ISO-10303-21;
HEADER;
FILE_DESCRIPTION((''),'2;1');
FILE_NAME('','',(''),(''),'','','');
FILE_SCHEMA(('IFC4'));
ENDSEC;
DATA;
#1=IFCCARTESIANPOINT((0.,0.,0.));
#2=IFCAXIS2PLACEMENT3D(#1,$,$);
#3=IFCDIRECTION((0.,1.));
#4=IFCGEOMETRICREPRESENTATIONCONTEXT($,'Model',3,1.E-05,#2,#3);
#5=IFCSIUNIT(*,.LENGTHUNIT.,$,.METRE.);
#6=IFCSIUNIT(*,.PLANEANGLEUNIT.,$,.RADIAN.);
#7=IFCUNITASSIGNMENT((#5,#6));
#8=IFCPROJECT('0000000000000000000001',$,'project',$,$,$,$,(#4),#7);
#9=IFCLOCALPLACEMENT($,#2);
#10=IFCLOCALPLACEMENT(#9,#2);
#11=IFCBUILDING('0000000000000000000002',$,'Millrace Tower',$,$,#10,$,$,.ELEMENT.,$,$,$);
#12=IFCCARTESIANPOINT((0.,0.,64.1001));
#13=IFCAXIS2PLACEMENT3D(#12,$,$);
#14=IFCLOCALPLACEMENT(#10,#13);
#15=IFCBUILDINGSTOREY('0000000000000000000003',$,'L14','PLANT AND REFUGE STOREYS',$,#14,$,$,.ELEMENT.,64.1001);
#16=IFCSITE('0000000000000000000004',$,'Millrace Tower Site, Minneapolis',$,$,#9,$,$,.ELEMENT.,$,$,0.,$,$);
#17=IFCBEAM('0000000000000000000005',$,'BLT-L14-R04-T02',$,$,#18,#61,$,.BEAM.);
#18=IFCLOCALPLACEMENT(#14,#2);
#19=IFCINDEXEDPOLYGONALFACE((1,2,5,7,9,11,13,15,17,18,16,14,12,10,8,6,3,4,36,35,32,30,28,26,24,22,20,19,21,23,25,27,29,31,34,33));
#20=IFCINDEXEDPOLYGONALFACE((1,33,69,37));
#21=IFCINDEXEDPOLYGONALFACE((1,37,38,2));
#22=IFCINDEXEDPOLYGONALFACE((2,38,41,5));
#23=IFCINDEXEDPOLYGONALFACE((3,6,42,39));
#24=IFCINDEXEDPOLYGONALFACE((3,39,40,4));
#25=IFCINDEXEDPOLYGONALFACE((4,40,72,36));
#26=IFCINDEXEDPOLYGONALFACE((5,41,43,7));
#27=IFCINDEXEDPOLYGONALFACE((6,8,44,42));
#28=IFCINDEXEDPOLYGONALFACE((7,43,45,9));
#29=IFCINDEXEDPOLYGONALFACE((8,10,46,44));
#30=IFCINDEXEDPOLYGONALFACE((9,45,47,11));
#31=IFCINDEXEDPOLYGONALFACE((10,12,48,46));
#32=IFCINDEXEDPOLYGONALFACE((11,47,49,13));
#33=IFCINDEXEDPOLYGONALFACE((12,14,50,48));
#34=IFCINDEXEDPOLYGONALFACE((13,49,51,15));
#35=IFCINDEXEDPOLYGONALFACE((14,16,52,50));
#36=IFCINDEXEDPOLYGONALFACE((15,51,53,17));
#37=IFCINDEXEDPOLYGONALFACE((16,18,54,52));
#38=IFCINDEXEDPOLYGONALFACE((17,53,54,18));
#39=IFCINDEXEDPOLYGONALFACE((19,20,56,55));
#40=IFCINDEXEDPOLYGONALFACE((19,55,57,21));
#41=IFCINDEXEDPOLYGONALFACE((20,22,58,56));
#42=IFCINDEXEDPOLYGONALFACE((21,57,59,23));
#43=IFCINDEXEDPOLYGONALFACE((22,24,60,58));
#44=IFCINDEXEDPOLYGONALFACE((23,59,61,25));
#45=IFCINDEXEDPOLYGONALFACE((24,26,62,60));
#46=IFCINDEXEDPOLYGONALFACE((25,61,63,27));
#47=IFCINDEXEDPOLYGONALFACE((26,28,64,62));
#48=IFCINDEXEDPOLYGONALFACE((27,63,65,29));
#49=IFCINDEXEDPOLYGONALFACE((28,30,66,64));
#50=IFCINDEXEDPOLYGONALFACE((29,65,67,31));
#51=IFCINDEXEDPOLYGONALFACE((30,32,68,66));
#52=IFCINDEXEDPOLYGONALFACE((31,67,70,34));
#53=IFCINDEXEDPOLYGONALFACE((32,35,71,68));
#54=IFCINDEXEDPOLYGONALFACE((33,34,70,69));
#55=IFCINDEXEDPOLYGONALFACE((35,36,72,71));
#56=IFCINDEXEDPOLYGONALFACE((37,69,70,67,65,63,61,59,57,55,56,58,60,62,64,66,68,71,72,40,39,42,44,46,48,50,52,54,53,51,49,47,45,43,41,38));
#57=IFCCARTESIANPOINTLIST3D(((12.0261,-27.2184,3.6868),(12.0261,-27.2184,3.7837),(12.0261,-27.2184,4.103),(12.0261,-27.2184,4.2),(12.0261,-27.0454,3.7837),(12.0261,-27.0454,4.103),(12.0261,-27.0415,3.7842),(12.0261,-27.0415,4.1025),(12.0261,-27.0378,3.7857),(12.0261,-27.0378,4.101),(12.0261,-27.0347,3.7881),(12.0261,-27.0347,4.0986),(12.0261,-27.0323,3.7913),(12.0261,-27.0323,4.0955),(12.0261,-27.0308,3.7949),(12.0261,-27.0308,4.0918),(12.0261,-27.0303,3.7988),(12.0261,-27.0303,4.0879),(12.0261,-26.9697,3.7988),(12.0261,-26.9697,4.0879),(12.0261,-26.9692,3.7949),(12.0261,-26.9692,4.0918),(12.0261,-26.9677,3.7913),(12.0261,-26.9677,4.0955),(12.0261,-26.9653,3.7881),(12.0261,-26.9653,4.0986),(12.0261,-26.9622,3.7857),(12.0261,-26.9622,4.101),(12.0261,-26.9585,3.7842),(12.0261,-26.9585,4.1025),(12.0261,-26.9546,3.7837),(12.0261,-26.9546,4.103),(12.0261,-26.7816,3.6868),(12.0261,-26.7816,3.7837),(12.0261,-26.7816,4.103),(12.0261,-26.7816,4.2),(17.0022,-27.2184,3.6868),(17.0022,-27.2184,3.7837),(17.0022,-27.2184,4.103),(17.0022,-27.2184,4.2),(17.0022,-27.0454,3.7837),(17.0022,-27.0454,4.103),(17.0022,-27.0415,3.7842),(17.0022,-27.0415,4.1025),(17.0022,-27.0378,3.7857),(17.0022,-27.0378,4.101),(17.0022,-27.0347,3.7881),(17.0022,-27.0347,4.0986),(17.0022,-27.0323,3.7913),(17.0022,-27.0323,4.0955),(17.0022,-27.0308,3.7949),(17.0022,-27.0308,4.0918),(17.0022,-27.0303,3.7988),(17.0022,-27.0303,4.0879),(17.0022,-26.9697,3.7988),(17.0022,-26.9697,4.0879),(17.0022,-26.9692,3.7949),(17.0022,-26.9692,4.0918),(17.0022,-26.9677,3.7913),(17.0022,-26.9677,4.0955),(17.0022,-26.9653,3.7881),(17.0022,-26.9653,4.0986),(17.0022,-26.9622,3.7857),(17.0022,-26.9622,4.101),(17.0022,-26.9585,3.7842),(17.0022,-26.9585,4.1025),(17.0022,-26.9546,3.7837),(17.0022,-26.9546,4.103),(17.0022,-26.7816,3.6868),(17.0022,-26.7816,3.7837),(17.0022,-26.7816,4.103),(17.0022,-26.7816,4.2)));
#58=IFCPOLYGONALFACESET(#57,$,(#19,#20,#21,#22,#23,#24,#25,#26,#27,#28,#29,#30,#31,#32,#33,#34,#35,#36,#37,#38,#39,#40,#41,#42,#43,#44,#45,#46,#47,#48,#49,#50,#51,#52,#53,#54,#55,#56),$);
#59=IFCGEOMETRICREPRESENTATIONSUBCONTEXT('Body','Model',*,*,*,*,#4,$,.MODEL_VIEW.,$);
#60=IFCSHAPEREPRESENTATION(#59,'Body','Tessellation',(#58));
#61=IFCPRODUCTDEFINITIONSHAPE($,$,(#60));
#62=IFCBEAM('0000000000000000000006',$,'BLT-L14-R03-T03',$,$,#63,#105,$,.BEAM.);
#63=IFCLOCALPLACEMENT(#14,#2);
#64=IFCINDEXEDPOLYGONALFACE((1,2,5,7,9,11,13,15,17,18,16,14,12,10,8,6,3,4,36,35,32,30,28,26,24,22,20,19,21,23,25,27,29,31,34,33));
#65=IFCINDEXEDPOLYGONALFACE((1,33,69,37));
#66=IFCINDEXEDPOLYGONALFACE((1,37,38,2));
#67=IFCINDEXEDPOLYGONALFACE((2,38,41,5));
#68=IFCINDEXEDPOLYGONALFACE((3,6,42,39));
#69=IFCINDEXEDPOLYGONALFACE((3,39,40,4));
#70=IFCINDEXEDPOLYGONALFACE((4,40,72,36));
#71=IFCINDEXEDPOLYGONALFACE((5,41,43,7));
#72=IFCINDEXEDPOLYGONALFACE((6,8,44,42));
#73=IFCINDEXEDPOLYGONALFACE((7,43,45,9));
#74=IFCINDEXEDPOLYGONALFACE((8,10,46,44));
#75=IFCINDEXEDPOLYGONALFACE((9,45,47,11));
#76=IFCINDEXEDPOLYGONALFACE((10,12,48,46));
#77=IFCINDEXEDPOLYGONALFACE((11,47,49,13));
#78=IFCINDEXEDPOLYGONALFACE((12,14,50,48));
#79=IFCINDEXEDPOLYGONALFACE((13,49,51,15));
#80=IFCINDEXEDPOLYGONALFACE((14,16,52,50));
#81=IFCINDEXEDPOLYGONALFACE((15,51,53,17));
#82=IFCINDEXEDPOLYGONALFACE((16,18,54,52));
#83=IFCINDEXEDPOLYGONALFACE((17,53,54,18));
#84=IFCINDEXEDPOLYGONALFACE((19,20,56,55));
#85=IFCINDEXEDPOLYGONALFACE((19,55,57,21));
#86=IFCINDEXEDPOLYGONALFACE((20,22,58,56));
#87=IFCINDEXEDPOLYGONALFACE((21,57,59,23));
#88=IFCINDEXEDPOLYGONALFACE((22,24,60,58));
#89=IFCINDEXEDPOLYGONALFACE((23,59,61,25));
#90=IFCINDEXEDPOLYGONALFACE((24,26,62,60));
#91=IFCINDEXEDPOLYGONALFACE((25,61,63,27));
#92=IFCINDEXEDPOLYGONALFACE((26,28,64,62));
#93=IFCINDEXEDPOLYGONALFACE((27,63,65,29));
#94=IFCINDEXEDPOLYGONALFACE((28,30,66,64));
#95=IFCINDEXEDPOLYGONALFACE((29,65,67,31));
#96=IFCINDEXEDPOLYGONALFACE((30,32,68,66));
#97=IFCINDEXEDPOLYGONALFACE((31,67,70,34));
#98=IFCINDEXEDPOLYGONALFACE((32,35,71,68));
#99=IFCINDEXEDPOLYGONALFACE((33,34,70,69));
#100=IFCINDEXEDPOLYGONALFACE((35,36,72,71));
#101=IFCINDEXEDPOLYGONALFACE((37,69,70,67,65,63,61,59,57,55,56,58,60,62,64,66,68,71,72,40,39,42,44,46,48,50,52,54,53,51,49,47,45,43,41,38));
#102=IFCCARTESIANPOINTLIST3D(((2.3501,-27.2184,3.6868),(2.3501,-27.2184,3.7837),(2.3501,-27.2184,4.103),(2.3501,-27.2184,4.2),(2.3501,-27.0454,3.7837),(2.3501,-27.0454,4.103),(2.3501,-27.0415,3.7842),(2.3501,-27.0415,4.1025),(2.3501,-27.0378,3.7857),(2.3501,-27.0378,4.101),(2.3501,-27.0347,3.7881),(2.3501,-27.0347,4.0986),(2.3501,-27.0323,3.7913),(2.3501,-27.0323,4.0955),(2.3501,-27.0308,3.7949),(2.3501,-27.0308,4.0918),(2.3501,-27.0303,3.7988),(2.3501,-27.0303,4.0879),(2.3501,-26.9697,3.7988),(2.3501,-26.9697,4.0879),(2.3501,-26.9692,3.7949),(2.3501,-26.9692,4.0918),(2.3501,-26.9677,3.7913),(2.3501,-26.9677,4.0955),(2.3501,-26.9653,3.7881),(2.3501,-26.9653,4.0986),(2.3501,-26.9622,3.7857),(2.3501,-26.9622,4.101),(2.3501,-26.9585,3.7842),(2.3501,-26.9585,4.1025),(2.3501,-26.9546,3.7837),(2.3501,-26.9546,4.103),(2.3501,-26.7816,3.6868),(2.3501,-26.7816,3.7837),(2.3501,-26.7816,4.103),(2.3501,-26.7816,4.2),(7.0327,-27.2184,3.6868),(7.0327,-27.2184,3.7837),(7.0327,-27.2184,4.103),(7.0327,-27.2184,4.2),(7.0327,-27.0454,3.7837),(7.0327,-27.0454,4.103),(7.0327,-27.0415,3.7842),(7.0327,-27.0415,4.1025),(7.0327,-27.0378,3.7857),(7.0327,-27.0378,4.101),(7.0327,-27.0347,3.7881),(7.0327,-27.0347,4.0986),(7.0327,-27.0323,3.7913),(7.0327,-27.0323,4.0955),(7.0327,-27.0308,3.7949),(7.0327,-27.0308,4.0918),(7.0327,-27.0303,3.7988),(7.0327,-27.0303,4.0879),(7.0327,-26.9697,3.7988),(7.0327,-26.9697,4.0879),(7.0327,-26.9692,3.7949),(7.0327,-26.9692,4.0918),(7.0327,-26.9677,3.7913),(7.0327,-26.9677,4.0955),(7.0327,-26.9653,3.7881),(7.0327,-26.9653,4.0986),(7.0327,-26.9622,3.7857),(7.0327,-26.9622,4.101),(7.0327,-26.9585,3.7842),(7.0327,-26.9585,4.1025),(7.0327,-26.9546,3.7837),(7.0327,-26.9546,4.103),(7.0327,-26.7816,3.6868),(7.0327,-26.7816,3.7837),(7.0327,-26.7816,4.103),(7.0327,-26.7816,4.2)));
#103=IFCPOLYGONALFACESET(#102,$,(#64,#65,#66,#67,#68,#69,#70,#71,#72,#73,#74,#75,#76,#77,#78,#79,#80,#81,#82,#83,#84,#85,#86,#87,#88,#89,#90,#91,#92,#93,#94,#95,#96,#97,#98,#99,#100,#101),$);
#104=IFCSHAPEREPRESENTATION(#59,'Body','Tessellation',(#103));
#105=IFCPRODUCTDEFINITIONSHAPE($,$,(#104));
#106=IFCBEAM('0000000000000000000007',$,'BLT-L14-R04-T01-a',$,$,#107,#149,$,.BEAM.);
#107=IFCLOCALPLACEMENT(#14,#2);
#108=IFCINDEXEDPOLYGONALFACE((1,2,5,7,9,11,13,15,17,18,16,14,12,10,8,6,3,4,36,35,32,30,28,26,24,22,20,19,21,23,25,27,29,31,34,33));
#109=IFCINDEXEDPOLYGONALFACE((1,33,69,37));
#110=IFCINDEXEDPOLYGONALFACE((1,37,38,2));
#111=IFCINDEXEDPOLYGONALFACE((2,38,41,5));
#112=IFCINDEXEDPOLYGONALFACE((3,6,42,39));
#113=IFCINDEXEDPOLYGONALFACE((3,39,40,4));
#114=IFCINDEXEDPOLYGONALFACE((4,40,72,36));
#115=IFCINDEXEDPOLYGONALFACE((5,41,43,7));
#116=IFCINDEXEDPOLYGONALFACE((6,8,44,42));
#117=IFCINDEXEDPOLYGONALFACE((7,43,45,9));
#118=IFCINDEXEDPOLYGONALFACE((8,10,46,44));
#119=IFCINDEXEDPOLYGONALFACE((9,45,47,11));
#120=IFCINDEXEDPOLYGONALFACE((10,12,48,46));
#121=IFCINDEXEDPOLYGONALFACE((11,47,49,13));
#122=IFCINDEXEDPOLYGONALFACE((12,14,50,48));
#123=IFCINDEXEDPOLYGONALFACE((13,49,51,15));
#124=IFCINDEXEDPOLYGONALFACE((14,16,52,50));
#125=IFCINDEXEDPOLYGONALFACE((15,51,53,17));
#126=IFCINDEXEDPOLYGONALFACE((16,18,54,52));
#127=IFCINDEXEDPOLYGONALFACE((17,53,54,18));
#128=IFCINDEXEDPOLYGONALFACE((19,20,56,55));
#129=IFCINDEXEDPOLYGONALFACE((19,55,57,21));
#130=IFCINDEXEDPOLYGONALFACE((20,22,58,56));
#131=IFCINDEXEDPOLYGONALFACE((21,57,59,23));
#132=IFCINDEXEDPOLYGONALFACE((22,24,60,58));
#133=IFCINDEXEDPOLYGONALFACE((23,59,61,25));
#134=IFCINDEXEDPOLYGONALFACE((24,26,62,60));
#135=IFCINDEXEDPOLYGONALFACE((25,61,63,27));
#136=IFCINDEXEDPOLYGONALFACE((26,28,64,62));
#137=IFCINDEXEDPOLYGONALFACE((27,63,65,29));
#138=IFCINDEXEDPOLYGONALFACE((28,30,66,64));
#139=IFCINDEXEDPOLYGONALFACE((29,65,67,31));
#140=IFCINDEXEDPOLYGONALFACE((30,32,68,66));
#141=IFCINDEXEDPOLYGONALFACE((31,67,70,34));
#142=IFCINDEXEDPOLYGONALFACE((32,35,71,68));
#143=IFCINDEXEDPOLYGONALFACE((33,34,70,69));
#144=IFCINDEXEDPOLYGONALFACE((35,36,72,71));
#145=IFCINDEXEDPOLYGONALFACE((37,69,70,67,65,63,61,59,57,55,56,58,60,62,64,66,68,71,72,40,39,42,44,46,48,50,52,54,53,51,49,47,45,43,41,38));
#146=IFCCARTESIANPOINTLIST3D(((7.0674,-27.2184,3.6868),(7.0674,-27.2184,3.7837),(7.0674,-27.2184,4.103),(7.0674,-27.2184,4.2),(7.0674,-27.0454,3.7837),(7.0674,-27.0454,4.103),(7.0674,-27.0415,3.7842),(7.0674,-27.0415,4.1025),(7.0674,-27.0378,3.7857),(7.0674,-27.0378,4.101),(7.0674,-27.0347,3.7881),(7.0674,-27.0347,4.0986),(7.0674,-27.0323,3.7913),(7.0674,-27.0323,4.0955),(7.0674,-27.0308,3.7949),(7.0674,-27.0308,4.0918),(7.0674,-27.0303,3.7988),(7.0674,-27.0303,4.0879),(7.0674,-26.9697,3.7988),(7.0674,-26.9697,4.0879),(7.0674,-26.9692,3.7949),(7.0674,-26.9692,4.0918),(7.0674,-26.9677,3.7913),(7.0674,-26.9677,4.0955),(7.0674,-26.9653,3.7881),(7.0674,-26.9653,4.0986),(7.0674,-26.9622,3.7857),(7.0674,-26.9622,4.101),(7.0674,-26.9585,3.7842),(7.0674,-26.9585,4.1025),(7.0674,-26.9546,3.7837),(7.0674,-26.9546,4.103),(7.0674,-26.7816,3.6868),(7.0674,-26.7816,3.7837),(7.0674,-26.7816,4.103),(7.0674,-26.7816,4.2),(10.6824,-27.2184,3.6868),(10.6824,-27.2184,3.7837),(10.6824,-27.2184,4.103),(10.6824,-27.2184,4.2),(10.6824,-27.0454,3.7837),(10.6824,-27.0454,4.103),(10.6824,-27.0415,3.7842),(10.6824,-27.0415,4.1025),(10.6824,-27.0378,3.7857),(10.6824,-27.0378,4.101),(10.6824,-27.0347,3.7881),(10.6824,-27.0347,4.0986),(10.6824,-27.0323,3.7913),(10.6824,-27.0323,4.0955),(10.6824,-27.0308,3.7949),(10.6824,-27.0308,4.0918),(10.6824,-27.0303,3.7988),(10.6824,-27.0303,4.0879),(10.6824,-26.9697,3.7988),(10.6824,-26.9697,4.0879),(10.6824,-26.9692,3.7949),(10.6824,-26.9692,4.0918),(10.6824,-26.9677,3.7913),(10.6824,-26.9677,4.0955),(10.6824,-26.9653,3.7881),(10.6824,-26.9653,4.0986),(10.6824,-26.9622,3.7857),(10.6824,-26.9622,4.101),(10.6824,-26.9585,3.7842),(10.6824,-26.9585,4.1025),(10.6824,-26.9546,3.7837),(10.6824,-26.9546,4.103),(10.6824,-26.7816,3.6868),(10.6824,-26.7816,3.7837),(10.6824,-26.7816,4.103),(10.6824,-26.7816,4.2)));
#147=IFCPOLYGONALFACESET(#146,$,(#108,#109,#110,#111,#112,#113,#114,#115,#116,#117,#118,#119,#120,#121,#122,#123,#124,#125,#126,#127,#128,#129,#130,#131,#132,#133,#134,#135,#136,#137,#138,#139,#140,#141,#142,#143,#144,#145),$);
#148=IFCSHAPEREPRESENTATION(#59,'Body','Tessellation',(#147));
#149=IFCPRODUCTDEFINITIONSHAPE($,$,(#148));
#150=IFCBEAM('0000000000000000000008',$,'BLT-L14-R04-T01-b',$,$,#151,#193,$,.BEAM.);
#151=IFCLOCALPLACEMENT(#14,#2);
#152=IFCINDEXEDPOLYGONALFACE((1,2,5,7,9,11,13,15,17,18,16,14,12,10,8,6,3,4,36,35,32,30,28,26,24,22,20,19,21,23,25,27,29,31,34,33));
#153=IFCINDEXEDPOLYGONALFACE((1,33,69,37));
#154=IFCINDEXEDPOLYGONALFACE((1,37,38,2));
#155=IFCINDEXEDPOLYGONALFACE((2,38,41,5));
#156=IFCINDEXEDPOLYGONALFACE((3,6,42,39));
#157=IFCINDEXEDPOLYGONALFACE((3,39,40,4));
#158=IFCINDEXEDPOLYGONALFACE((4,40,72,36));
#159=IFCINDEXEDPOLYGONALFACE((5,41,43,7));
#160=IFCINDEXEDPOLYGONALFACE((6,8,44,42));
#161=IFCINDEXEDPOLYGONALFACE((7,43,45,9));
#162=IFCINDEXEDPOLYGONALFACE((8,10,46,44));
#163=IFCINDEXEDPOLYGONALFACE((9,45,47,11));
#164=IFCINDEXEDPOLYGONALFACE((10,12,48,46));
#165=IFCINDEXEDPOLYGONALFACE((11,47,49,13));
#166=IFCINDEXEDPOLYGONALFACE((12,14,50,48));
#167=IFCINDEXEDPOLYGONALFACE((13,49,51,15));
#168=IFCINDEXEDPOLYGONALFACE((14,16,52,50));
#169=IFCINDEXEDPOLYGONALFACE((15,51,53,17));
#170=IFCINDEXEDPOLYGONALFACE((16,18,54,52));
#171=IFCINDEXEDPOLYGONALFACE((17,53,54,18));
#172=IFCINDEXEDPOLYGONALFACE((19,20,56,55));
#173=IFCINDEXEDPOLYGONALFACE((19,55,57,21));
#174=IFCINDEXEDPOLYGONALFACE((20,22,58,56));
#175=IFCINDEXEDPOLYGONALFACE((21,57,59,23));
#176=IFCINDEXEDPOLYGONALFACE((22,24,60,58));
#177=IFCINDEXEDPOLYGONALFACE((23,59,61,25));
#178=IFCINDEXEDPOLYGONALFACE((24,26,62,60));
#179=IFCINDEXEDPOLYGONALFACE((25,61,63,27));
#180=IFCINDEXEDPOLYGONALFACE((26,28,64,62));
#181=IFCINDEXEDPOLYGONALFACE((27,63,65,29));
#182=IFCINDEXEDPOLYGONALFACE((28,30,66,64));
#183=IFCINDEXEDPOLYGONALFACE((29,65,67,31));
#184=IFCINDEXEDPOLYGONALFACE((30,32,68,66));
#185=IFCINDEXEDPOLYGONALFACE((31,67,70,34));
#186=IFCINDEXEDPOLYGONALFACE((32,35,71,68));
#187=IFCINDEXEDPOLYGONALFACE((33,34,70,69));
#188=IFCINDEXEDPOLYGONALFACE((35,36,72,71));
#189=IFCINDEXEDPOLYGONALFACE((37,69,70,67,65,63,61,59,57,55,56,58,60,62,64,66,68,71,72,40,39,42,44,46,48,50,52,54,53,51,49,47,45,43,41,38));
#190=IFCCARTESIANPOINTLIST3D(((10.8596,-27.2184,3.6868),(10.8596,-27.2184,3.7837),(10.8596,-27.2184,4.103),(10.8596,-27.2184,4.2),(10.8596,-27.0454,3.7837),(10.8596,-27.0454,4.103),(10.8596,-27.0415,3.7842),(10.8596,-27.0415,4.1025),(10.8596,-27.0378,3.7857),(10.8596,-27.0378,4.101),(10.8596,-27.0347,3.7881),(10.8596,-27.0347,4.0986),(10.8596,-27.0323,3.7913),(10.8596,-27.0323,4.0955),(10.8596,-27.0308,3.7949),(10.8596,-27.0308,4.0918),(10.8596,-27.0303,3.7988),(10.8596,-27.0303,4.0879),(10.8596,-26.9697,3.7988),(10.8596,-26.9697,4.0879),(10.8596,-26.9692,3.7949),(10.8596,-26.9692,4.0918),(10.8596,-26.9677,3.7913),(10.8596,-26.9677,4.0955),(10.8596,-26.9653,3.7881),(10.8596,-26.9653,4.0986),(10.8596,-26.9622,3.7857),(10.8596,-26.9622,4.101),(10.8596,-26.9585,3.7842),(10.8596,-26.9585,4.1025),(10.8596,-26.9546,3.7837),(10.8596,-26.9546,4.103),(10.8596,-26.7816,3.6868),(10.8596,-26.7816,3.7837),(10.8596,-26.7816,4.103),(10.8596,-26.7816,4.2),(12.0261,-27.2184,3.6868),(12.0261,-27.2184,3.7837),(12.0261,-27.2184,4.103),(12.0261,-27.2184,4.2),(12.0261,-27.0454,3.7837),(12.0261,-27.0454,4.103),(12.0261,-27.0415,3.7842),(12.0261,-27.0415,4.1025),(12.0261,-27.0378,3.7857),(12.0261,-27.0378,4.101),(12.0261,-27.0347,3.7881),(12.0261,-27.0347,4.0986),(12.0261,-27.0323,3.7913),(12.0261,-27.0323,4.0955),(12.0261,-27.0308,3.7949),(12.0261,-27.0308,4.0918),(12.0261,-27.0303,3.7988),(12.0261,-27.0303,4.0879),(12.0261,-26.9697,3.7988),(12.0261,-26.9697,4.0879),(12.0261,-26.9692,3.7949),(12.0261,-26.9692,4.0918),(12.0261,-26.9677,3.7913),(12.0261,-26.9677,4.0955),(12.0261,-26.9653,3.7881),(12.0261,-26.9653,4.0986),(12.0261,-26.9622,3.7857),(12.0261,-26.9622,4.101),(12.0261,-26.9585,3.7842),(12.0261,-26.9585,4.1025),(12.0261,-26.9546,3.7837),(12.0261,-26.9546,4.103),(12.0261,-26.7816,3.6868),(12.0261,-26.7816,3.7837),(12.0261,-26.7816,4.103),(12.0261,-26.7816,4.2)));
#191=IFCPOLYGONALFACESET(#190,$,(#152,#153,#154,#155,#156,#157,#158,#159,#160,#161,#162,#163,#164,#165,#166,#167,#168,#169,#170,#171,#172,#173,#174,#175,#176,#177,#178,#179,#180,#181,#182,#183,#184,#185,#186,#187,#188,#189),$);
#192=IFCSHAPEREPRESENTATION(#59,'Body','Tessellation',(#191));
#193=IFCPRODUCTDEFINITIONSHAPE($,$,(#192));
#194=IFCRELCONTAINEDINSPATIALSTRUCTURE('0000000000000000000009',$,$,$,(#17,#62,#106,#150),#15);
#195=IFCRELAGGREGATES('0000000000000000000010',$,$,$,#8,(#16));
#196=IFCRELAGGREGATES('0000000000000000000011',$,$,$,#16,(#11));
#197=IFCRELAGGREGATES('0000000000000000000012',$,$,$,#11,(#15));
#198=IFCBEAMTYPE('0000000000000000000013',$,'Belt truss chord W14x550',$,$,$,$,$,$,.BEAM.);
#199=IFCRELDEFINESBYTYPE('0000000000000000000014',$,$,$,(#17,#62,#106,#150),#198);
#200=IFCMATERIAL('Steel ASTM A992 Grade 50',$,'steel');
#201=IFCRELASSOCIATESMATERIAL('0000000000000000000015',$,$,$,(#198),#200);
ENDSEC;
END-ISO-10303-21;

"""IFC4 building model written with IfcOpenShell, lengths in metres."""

from ifc_helpers import new_model, si_unit, direction, frame, origin, origin_2d, place, context, subcontext, project, spatial, i_section, extrude, material, material_profile, profile_set, type_object, element, save


model = new_model("IFC4")

# Units and contexts
model_context = context("Model", 3, precision=1e-05, world=origin(), true_north=direction((0.0, 1.0)))
body_context = subcontext(model_context, "Body", "Model", "MODEL_VIEW")
ifc_project = project(units=[si_unit("LENGTHUNIT", "METRE"), si_unit("PLANEANGLEUNIT", "RADIAN")], contexts=[model_context])

# Site, building, storey
site_placement = place(None, origin())
site = spatial("IfcSite", under=ifc_project, at=site_placement, Name="Millrace Tower Site, Minneapolis", CompositionType="ELEMENT", RefElevation=0.0)
building_placement = place(site_placement, origin())
building = spatial("IfcBuilding", under=site, at=building_placement, Name="Millrace Tower", CompositionType="ELEMENT")
storey_placement = place(building_placement, frame((0.0, 0.0, 64.1001)))
storey = spatial("IfcBuildingStorey", under=building, at=storey_placement, Name="L14", Description="PLANT AND REFUGE STOREYS", CompositionType="ELEMENT", Elevation=64.1001)

# Beams
ifc_material_1 = material(Name="Steel ASTM A992 Grade 50", Category="steel")
ifc_material_profile_1 = material_profile(ifc_material_1, i_section(OverallWidth=0.4368, OverallDepth=0.5132, WebThickness=0.0605, FlangeThickness=0.0969, FilletRadius=0.0151, at=origin_2d()))
ifc_profile_set_1 = profile_set([ifc_material_profile_1], Name="Steel ASTM A992 Grade 50")
beam_type_1 = type_object("IfcBeamType", Name="Belt truss chord W14x550", PredefinedType="BEAM", material=ifc_profile_set_1)
for number, where, z_axis, x_axis, name in (
    (1, (12.0261, -27.0, 3.9434), (1.0, 0.0, 0.0), (0.0, 1.0, 0.0), "BLT-L14-R04-T02"),
):
    element("IfcBeam", number, at=place(storey_placement, frame(where, z_axis=z_axis, x_axis=x_axis)), inside=storey, type_object=beam_type_1, Name=name, PredefinedType="BEAM", context=body_context, shape_type="SweptSolid", body=[
        extrude(i_section(OverallWidth=0.4368, OverallDepth=0.5132, WebThickness=0.0605, FlangeThickness=0.0969, FilletRadius=0.0151, at=origin_2d()), origin(), (0.0, 0.0, 1.0), 4.9761),
    ])
beam_1_placement = place(storey_placement, frame((2.3501, -27.0, 3.9434), z_axis=(1.0, 0.0, 0.0), x_axis=(0.0, 1.0, 0.0)))
element("IfcBeam", 2, at=beam_1_placement, inside=storey, type_object=beam_type_1, Name="BLT-L14-R03-T03", PredefinedType="BEAM", context=body_context, shape_type="SweptSolid", body=[
    extrude(i_section(OverallWidth=0.4368, OverallDepth=0.5132, WebThickness=0.0605, FlangeThickness=0.0969, FilletRadius=0.0151, at=origin_2d()), origin(), (0.0, 0.0, 1.0), 4.6826),
])
beam_2_placement = place(storey_placement, frame((7.0674, -27.0, 3.9434), z_axis=(1.0, 0.0, 0.0), x_axis=(0.0, 1.0, 0.0)))
element("IfcBeam", 3, at=beam_2_placement, inside=storey, type_object=beam_type_1, Name="BLT-L14-R04-T01-a", PredefinedType="BEAM", context=body_context, shape_type="SweptSolid", body=[
    extrude(i_section(OverallWidth=0.4368, OverallDepth=0.5132, WebThickness=0.0605, FlangeThickness=0.0969, FilletRadius=0.0151, at=origin_2d()), origin(), (0.0, 0.0, 1.0), 3.615),
])
beam_3_placement = place(storey_placement, frame((10.8596, -27.0, 3.9434), z_axis=(1.0, 0.0, 0.0), x_axis=(0.0, 1.0, 0.0)))
element("IfcBeam", 4, at=beam_3_placement, inside=storey, type_object=beam_type_1, Name="BLT-L14-R04-T01-b", PredefinedType="BEAM", context=body_context, shape_type="SweptSolid", body=[
    extrude(i_section(OverallWidth=0.4368, OverallDepth=0.5132, WebThickness=0.0605, FlangeThickness=0.0969, FilletRadius=0.0151, at=origin_2d()), origin(), (0.0, 0.0, 1.0), 1.1665),
])

save(model, "model.ifc")
